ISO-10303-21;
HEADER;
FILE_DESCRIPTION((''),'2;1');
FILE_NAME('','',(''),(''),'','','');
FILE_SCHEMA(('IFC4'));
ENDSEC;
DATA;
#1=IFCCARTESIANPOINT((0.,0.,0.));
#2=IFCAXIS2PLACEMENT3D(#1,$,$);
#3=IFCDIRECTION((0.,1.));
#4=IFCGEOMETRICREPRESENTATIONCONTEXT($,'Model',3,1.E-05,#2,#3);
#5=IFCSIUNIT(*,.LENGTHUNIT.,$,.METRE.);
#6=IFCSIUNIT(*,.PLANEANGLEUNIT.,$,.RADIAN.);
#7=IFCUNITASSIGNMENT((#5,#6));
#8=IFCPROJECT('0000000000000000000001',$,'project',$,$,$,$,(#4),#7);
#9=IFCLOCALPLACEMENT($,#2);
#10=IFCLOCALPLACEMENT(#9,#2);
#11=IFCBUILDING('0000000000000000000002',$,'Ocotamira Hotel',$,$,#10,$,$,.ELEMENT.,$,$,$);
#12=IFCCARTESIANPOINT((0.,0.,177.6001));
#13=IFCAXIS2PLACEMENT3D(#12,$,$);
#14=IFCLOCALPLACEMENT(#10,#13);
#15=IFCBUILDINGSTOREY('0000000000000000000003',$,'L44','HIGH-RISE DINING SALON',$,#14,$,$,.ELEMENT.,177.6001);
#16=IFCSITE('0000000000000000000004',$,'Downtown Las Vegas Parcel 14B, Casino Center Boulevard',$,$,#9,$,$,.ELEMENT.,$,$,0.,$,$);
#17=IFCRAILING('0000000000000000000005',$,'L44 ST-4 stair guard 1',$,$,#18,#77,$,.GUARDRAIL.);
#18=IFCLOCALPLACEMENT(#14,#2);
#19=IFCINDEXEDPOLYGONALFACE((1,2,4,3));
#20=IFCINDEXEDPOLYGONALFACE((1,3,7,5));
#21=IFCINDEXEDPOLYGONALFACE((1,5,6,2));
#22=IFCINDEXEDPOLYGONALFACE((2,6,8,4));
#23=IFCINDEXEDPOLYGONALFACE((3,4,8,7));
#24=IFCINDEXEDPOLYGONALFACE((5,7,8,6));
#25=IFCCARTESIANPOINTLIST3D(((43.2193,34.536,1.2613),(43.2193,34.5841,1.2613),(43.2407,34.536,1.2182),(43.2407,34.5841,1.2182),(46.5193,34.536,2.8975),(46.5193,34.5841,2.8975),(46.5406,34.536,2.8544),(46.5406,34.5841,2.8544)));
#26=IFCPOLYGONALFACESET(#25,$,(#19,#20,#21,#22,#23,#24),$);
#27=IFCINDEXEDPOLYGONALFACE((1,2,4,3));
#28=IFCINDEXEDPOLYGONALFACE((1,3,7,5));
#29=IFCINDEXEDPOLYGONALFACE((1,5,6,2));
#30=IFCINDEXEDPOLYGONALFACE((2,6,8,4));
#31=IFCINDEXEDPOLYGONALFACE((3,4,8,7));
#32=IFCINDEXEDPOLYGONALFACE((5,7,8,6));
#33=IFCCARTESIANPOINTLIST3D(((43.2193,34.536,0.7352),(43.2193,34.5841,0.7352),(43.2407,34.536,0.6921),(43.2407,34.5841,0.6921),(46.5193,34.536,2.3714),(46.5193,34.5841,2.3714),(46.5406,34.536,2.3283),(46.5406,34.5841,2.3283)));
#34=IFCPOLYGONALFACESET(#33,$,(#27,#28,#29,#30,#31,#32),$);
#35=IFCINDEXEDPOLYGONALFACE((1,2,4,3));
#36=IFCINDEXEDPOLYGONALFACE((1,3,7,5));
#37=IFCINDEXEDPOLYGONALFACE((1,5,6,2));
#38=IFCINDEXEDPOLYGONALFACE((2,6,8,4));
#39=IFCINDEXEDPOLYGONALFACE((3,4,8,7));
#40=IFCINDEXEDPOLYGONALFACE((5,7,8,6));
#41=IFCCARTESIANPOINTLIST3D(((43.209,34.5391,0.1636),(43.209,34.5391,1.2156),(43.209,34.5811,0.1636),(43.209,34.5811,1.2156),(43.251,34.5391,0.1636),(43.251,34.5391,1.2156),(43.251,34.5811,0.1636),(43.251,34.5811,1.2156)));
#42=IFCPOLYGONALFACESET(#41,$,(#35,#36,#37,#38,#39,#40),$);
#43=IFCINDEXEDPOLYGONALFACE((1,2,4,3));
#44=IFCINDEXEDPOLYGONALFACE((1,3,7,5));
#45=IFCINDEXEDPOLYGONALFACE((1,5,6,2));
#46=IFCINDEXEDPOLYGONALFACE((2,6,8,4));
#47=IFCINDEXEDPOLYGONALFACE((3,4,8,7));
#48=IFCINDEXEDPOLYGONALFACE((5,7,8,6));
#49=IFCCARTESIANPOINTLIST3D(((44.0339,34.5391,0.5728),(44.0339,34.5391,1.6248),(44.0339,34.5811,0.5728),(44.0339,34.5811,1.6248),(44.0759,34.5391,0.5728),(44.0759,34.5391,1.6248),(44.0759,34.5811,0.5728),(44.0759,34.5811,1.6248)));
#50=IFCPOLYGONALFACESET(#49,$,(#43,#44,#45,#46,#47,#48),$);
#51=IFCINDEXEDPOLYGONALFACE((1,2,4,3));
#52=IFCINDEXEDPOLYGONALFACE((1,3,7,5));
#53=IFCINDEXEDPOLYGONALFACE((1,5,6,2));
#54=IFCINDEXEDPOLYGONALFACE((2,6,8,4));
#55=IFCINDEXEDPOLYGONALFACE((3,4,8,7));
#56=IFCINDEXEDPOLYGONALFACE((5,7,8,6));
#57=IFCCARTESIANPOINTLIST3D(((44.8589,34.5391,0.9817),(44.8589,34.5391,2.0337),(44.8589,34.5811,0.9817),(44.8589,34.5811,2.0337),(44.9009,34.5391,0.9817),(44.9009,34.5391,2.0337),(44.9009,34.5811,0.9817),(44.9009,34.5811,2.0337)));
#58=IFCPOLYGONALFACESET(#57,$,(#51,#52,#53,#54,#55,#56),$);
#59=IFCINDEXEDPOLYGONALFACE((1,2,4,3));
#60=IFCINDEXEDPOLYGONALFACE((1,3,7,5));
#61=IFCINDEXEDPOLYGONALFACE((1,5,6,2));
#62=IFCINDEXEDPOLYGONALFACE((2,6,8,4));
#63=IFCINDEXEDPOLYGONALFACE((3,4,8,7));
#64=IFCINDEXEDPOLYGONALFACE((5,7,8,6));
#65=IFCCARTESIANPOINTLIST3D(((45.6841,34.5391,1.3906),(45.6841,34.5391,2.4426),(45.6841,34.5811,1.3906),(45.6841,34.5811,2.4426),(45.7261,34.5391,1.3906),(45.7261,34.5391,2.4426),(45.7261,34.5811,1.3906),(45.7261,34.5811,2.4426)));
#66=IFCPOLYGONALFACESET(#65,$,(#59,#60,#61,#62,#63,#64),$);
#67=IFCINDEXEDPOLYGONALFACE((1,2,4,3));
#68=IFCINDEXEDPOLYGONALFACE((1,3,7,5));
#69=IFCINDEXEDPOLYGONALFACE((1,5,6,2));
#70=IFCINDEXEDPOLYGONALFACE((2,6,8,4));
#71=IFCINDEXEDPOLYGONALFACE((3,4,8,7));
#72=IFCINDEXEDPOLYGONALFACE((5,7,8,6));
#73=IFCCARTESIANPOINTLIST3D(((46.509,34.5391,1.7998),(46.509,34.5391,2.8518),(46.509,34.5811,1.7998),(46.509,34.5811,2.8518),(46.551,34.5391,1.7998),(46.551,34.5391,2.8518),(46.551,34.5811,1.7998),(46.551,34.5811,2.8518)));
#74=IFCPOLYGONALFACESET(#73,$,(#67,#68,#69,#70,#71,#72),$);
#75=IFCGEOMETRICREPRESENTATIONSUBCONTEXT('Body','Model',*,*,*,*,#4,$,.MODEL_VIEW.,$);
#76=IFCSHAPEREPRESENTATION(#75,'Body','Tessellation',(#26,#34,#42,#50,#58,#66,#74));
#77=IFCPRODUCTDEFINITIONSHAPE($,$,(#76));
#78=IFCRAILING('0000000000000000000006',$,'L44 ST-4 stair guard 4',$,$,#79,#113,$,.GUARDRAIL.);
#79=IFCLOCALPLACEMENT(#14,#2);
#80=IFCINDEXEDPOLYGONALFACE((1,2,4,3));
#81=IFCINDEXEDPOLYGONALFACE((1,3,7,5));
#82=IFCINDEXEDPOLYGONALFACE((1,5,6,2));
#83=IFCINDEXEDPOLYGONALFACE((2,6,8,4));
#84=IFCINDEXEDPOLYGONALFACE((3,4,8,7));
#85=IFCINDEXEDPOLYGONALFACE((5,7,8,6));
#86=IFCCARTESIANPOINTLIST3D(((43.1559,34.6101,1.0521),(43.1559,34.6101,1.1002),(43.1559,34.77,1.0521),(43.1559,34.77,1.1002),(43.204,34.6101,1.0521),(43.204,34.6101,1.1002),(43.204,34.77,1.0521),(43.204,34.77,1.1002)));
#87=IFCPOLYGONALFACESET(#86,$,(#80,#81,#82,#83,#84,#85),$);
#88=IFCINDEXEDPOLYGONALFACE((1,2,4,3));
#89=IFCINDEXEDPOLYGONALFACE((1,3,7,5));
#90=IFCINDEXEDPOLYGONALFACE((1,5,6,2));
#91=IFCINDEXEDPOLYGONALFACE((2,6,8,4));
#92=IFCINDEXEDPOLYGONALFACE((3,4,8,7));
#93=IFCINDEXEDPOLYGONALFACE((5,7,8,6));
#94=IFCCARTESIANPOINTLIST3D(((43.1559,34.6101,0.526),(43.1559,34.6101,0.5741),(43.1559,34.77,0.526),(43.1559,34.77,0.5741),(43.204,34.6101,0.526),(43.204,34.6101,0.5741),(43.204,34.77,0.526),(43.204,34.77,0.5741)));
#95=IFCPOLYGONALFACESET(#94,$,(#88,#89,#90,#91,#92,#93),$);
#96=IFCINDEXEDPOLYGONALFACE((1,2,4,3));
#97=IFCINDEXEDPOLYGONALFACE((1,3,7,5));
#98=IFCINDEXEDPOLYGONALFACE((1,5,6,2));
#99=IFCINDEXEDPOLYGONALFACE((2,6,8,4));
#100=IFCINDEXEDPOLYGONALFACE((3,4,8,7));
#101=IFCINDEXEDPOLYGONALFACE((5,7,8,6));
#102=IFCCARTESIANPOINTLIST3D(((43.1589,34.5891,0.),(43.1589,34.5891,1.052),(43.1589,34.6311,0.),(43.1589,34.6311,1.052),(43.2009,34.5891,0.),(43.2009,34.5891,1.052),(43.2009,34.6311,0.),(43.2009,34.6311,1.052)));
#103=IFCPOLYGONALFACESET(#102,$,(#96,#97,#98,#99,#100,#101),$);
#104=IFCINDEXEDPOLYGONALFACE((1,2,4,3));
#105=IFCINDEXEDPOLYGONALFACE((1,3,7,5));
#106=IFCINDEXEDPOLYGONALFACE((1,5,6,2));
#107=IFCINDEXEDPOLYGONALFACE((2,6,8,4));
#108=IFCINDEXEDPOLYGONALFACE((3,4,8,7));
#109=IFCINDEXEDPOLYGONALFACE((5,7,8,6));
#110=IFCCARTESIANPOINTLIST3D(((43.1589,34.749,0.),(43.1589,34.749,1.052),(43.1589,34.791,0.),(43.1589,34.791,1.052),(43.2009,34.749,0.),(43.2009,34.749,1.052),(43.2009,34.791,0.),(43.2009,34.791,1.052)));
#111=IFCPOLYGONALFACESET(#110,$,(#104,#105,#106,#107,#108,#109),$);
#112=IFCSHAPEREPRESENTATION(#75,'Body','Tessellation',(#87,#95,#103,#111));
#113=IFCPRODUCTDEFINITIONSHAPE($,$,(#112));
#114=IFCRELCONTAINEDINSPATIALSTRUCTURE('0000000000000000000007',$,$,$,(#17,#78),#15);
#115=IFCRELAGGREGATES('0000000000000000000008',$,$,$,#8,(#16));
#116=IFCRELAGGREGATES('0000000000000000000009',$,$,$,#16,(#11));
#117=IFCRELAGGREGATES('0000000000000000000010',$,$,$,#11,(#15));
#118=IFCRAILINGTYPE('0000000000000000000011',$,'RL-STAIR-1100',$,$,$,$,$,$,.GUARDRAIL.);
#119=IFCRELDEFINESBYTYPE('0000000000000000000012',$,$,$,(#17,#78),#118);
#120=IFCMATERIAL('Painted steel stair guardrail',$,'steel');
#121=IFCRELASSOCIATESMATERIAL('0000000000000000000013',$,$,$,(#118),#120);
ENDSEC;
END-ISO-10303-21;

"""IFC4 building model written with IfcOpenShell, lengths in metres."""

from ifc_helpers import new_model, si_unit, direction, frame, origin, origin_2d, place, context, subcontext, project, spatial, rectangle, extrude, material, type_object, element, save


model = new_model("IFC4")

# Units and contexts
model_context = context("Model", 3, precision=1e-05, world=origin(), true_north=direction((0.0, 1.0)))
body_context = subcontext(model_context, "Body", "Model", "MODEL_VIEW")
ifc_project = project(units=[si_unit("LENGTHUNIT", "METRE"), si_unit("PLANEANGLEUNIT", "RADIAN")], contexts=[model_context])

# Site, building, storey
site_placement = place(None, origin())
site = spatial("IfcSite", under=ifc_project, at=site_placement, Name="Downtown Las Vegas Parcel 14B, Casino Center Boulevard", CompositionType="ELEMENT", RefElevation=0.0)
building_placement = place(site_placement, origin())
building = spatial("IfcBuilding", under=site, at=building_placement, Name="Ocotamira Hotel", CompositionType="ELEMENT")
storey_placement = place(building_placement, frame((0.0, 0.0, 177.6001)))
storey = spatial("IfcBuildingStorey", under=building, at=storey_placement, Name="L44", Description="HIGH-RISE DINING SALON", CompositionType="ELEMENT", Elevation=177.6001)

# Railings
ifc_material_1 = material(Name="Painted steel stair guardrail", Category="steel")
railing_type_1 = type_object("IfcRailingType", Name="RL-STAIR-1100", PredefinedType="GUARDRAIL", material=ifc_material_1)
railing_1_placement = place(storey_placement, frame((43.23, 34.5601, 0.1636)))
element("IfcRailing", 1, at=railing_1_placement, inside=storey, type_object=railing_type_1, Name="L44 ST-4 stair guard 1", PredefinedType="GUARDRAIL", context=body_context, shape_type="SweptSolid", body=[
    extrude(rectangle(XDim=0.0481, YDim=0.0481, at=origin_2d()), frame((0.0, 0.0, 1.0762), z_axis=(0.89592, 0.0, 0.444215), x_axis=(0.0, 1.0, 0.0)), (0.0, 0.0, 1.0), 3.6833),
    extrude(rectangle(XDim=0.0481, YDim=0.0481, at=origin_2d()), frame((0.0, 0.0, 0.55), z_axis=(0.89592, 0.0, 0.444215), x_axis=(0.0, 1.0, 0.0)), (0.0, 0.0, 1.0), 3.6833),
    extrude(rectangle(XDim=0.042, YDim=0.042, at=origin_2d()), origin(), (0.0, 0.0, 1.0), 1.052),
    extrude(rectangle(XDim=0.042, YDim=0.042, at=origin_2d()), frame((0.825, 0.0, 0.4092)), (0.0, 0.0, 1.0), 1.052),
    extrude(rectangle(XDim=0.042, YDim=0.042, at=origin_2d()), frame((1.6499, 0.0, 0.8181)), (0.0, 0.0, 1.0), 1.052),
    extrude(rectangle(XDim=0.042, YDim=0.042, at=origin_2d()), frame((2.4751, 0.0, 1.2271)), (0.0, 0.0, 1.0), 1.052),
    extrude(rectangle(XDim=0.042, YDim=0.042, at=origin_2d()), frame((3.3, 0.0, 1.6362)), (0.0, 0.0, 1.0), 1.052),
])
railing_2_placement = place(storey_placement, frame((43.1799, 34.6101, 0.0)))
element("IfcRailing", 2, at=railing_2_placement, inside=storey, type_object=railing_type_1, Name="L44 ST-4 stair guard 4", PredefinedType="GUARDRAIL", context=body_context, shape_type="SweptSolid", body=[
    extrude(rectangle(XDim=0.0481, YDim=0.0481, at=origin_2d()), frame((0.0, 0.0, 1.0762), z_axis=(0.0, 1.0, 0.0), x_axis=(-1.0, 0.0, 0.0)), (0.0, 0.0, 1.0), 0.1599),
    extrude(rectangle(XDim=0.0481, YDim=0.0481, at=origin_2d()), frame((0.0, 0.0, 0.55), z_axis=(0.0, 1.0, 0.0), x_axis=(-1.0, 0.0, 0.0)), (0.0, 0.0, 1.0), 0.1599),
    extrude(rectangle(XDim=0.042, YDim=0.042, at=origin_2d()), origin(), (0.0, 0.0, 1.0), 1.052),
    extrude(rectangle(XDim=0.042, YDim=0.042, at=origin_2d()), frame((0.0, 0.1599, 0.0)), (0.0, 0.0, 1.0), 1.052),
])

save(model, "model.ifc")
